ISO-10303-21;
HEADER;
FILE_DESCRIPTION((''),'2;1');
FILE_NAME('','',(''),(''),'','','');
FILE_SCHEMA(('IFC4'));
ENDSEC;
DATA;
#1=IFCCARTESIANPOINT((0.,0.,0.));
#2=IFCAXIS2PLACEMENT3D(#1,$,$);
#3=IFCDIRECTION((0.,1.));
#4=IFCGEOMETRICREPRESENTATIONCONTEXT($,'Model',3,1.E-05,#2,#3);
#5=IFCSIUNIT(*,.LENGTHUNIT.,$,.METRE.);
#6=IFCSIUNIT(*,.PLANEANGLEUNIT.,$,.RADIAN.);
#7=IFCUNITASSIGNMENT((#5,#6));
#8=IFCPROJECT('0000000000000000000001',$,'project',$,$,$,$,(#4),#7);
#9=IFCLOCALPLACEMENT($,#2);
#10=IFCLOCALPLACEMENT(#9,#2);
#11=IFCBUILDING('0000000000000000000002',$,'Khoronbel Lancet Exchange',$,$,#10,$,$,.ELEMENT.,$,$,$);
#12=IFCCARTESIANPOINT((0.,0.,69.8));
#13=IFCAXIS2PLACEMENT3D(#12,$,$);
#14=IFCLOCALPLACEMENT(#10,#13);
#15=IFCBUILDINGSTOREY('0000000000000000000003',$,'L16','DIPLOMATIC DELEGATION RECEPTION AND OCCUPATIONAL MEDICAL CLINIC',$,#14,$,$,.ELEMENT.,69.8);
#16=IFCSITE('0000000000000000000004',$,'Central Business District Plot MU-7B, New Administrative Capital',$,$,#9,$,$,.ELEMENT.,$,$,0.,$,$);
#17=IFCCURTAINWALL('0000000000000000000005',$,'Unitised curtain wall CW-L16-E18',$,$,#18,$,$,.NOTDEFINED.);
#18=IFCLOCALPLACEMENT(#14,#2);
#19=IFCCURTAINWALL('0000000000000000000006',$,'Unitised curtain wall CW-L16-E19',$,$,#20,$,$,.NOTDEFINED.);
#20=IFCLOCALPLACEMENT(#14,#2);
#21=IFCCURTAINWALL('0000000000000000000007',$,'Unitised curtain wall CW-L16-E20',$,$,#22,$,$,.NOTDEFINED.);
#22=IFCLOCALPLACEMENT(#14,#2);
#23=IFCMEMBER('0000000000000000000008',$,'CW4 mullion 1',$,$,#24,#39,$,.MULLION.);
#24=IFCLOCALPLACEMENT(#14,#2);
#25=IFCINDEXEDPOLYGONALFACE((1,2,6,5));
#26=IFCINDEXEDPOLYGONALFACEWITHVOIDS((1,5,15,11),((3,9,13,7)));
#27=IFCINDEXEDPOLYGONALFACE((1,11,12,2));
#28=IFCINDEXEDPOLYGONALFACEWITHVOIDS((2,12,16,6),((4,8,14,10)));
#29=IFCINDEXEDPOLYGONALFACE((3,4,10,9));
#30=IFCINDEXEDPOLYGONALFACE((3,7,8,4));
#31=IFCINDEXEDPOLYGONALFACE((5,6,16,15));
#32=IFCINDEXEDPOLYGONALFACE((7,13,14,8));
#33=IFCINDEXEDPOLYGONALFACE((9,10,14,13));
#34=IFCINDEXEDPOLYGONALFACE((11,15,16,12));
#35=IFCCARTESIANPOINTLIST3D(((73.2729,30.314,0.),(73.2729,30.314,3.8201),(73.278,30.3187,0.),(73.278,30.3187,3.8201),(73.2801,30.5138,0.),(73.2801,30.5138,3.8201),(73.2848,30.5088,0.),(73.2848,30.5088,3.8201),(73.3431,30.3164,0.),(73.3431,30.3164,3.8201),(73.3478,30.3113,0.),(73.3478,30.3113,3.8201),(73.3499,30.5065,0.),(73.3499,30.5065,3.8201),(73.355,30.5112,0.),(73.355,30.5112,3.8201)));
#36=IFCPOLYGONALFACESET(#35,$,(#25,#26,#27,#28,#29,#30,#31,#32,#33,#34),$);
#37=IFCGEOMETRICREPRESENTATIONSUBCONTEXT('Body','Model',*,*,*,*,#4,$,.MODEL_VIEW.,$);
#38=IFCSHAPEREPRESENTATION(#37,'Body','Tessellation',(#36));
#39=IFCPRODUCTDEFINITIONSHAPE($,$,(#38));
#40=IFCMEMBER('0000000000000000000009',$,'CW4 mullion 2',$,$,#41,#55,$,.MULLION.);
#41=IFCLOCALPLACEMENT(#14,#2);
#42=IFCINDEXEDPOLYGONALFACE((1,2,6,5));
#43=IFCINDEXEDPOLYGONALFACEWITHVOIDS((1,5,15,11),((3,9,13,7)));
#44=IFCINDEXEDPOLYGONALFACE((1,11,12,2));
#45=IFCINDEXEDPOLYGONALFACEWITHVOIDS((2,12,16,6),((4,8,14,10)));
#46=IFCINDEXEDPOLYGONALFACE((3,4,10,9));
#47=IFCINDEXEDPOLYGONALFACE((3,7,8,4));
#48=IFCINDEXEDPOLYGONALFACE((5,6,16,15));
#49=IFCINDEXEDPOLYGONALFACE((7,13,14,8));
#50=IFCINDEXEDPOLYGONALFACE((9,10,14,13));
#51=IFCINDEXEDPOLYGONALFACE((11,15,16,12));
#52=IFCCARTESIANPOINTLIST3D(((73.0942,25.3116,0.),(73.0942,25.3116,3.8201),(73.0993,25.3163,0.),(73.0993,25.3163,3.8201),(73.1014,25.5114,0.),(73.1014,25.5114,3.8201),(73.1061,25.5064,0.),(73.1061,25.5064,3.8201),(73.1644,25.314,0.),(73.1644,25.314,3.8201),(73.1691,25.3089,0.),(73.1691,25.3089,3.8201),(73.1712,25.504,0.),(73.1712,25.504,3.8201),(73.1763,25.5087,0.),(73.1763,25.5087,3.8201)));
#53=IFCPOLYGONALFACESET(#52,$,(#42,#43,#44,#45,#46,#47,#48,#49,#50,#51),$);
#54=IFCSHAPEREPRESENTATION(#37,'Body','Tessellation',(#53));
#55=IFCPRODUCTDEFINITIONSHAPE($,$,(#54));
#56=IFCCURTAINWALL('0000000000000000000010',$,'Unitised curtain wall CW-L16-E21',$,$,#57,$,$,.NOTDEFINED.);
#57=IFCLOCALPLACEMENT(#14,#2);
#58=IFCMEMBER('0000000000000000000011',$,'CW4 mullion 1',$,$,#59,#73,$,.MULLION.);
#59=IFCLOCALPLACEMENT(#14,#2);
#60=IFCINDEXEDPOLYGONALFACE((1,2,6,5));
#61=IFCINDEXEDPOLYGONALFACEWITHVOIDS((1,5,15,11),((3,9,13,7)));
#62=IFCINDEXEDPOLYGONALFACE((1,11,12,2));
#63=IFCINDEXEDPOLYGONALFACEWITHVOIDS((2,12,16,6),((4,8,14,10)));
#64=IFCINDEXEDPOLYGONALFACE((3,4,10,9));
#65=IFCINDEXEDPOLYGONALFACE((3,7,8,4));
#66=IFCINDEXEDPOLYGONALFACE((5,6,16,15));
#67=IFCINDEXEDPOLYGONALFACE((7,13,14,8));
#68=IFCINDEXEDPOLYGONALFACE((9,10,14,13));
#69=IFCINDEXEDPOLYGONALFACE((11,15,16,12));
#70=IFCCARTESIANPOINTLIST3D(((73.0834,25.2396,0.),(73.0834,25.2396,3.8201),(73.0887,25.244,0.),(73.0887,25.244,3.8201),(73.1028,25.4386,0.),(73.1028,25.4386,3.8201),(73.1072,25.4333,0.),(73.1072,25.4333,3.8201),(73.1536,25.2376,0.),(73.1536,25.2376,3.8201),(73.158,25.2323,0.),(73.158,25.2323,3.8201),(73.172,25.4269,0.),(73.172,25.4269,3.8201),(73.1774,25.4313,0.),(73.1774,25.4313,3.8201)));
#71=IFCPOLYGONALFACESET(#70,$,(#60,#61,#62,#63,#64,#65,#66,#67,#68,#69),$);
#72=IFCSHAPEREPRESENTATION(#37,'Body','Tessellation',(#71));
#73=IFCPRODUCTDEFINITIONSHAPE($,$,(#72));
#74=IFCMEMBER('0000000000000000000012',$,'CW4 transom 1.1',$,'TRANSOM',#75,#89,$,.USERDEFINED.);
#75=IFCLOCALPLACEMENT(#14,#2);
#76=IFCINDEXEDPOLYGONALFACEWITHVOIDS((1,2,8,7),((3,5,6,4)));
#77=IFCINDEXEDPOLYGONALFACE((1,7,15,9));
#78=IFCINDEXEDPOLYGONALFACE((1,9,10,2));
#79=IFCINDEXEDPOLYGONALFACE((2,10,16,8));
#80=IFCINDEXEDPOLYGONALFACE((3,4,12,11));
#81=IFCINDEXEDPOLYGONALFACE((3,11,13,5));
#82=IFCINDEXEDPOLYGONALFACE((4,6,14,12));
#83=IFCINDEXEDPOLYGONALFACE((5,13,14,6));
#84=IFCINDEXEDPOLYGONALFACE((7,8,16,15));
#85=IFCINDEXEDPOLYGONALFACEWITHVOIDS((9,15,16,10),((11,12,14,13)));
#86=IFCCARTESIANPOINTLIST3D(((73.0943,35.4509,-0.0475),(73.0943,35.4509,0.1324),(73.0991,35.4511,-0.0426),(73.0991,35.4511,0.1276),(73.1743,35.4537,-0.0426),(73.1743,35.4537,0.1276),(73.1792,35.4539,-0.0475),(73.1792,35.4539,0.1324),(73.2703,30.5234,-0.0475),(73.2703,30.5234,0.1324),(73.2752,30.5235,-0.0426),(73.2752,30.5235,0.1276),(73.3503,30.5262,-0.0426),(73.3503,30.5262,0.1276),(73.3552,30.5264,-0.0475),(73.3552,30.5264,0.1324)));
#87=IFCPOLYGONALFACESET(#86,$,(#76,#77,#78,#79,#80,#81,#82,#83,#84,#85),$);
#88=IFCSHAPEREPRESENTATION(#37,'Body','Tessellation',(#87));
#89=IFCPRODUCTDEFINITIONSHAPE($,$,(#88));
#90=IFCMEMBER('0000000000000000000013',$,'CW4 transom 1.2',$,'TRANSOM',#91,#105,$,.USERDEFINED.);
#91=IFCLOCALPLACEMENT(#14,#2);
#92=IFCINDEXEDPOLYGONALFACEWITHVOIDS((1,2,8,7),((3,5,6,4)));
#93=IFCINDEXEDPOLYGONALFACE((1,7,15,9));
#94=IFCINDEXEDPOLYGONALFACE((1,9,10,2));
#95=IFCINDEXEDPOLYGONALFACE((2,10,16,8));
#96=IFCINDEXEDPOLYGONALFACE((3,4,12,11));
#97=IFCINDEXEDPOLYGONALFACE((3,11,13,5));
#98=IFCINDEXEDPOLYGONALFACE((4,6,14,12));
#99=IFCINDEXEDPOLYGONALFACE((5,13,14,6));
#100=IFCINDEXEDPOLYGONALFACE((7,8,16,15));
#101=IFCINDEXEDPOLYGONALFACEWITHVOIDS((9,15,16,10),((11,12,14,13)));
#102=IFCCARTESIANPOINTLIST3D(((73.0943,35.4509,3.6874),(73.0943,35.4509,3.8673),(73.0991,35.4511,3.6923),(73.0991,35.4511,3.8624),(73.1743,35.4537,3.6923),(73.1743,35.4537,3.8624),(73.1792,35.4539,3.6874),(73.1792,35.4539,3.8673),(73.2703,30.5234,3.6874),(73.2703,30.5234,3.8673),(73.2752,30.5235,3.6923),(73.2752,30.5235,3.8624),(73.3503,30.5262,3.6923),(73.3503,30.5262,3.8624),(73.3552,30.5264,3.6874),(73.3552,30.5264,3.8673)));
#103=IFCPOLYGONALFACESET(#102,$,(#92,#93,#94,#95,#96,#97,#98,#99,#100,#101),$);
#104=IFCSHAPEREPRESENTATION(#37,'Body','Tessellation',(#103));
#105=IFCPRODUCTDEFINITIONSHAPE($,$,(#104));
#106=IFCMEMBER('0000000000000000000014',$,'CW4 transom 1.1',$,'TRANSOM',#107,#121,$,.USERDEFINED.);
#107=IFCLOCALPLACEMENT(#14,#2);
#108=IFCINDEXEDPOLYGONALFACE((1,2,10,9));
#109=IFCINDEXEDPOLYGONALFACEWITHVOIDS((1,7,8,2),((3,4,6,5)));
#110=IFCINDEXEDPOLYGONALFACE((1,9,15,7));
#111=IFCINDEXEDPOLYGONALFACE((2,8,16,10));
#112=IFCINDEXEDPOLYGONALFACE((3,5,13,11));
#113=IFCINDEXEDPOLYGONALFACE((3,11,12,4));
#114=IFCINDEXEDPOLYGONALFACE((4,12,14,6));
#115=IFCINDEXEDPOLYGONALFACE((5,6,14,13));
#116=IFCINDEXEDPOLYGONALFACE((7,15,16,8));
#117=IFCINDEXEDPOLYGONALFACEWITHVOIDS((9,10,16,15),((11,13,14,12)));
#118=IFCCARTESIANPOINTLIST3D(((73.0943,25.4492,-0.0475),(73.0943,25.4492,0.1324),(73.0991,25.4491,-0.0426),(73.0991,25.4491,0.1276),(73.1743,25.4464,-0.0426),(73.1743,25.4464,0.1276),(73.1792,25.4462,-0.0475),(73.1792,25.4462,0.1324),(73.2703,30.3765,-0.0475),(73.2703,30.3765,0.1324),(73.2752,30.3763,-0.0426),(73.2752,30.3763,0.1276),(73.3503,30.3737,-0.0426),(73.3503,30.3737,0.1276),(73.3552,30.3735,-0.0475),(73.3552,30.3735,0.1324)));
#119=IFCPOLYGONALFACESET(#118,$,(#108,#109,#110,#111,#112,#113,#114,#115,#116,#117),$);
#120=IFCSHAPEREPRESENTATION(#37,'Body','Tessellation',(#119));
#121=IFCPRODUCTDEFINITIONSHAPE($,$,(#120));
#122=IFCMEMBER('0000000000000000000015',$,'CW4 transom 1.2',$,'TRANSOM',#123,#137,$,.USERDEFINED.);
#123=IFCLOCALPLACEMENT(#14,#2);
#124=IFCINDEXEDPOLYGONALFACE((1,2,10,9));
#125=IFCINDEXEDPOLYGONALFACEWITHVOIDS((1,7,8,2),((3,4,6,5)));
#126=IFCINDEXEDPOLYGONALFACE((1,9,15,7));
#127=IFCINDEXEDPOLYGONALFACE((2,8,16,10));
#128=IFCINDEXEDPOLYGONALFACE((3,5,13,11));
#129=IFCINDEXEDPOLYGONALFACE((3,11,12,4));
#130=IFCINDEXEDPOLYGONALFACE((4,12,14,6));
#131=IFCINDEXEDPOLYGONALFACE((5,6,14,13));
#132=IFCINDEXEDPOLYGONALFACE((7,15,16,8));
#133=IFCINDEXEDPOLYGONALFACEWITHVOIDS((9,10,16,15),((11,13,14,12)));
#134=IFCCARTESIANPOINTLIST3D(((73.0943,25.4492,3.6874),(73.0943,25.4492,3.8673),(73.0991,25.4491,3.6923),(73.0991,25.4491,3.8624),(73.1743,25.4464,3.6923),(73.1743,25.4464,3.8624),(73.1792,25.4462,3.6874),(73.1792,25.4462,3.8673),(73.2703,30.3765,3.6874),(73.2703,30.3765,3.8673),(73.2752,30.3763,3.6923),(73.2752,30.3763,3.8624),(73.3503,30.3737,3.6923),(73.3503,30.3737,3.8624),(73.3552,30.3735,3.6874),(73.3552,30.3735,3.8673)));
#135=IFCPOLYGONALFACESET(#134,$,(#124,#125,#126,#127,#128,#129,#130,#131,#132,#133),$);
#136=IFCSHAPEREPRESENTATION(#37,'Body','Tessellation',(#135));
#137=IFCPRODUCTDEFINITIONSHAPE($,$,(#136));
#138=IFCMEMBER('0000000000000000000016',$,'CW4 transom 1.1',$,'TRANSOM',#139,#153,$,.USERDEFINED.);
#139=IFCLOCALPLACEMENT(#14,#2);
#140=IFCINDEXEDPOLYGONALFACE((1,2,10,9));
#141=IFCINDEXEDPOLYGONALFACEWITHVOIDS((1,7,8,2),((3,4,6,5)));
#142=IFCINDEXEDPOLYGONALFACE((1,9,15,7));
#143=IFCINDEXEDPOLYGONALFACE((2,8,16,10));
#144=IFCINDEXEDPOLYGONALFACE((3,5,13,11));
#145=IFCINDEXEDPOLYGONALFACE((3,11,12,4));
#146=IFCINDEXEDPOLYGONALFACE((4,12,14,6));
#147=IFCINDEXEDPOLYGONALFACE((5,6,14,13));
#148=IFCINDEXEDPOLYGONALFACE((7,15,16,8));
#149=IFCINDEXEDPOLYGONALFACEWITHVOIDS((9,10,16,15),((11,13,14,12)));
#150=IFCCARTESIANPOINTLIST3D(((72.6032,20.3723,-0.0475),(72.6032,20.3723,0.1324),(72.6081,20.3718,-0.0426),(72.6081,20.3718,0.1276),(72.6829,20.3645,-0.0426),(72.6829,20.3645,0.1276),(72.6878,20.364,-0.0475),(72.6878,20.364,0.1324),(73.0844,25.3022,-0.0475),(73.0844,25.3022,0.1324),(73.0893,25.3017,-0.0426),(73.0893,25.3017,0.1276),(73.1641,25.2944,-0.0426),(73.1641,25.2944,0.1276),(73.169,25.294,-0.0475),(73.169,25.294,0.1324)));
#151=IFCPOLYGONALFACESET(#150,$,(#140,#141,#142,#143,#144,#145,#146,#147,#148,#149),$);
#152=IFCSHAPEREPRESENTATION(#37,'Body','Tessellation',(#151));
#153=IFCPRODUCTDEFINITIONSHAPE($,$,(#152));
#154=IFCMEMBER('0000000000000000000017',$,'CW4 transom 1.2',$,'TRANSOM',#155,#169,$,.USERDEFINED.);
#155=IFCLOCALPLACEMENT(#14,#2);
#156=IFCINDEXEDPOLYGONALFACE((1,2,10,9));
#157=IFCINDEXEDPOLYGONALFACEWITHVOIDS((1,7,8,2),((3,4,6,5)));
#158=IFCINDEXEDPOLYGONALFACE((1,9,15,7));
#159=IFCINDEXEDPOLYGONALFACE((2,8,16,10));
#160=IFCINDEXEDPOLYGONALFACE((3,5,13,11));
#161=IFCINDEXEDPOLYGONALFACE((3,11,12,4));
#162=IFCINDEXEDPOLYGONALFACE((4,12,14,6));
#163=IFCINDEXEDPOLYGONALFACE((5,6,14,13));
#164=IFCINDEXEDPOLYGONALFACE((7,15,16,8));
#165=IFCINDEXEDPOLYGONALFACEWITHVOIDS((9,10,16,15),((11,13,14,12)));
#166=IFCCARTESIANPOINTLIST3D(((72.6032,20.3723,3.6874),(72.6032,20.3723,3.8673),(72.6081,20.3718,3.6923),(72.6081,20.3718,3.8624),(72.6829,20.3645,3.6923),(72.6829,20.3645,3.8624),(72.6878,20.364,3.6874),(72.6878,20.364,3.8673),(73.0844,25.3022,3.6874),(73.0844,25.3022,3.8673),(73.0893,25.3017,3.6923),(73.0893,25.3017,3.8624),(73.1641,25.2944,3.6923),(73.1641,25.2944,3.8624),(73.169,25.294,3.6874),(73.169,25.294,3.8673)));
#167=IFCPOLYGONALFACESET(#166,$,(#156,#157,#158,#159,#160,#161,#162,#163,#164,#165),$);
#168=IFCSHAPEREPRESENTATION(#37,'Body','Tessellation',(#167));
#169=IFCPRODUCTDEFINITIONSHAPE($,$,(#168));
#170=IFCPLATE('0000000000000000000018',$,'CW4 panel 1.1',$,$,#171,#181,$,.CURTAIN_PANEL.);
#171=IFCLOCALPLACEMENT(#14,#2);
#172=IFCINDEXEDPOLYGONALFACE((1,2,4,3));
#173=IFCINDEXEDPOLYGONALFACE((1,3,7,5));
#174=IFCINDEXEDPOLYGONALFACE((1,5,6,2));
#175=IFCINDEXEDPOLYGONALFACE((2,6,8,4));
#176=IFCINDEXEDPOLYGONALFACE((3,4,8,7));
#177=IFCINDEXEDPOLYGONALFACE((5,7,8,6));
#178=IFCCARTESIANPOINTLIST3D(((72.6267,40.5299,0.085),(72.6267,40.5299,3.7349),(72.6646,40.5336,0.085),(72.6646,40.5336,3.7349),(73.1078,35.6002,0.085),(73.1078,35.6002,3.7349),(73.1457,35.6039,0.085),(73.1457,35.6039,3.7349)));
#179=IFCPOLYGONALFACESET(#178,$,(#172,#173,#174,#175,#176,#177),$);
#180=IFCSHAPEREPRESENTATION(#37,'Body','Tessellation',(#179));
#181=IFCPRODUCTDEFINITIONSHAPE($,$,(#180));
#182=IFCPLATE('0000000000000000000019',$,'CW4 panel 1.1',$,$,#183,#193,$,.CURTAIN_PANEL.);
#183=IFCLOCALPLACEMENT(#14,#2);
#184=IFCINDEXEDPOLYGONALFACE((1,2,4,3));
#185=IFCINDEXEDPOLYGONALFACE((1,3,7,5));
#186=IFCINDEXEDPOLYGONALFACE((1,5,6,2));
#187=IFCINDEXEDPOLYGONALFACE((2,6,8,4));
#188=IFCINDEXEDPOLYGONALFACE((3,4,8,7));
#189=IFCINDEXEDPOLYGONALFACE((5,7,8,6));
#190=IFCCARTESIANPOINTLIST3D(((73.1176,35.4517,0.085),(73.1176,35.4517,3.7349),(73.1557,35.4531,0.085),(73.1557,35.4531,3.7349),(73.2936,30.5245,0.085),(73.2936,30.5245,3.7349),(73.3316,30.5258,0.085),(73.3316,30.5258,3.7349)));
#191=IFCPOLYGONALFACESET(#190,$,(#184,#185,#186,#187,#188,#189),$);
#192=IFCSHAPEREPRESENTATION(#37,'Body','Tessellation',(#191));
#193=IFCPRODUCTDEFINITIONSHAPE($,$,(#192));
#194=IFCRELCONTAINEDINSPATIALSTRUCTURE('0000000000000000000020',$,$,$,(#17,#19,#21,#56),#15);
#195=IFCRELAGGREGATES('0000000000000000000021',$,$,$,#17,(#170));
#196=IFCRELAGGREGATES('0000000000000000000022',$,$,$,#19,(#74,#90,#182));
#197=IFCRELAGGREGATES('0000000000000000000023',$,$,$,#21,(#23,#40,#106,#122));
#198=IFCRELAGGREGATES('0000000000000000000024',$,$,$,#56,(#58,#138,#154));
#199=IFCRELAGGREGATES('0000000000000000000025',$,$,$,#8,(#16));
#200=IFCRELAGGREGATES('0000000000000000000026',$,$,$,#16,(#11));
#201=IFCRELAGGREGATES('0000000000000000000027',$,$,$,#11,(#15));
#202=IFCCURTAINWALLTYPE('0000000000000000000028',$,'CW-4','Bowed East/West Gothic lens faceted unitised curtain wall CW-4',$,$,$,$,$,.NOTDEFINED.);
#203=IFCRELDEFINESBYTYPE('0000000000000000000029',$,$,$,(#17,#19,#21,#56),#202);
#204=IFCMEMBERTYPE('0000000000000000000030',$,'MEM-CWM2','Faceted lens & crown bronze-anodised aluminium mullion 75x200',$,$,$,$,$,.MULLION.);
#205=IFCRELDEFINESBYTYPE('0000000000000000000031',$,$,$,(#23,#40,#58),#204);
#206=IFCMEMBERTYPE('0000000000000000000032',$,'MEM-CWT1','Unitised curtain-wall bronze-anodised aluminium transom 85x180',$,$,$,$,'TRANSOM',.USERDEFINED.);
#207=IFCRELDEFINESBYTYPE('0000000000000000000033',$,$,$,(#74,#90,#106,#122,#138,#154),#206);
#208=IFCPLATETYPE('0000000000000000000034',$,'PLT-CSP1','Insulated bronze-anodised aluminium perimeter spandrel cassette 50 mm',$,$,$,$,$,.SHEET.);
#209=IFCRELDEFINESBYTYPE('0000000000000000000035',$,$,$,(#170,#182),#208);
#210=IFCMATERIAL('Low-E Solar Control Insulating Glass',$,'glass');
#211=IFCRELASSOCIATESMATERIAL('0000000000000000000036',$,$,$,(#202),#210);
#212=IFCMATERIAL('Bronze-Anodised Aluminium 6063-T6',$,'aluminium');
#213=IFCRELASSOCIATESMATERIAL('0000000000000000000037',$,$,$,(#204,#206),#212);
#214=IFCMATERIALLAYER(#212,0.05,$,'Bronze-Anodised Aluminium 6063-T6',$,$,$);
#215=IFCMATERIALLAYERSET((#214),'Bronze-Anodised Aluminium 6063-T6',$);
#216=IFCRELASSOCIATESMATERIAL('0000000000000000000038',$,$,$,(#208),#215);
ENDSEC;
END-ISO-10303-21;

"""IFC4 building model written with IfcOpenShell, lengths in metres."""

from ifc_helpers import new_model, si_unit, direction, frame, origin, origin_2d, place, context, subcontext, project, spatial, rectangle, hollow_rectangle, extrude, material, layer, layer_set, material_profile, profile_set, type_object, element, aggregate, save


model = new_model("IFC4")

# Units and contexts
model_context = context("Model", 3, precision=1e-05, world=origin(), true_north=direction((0.0, 1.0)))
body_context = subcontext(model_context, "Body", "Model", "MODEL_VIEW")
ifc_project = project(units=[si_unit("LENGTHUNIT", "METRE"), si_unit("PLANEANGLEUNIT", "RADIAN")], contexts=[model_context])

# Site, building, storey
site_placement = place(None, origin())
site = spatial("IfcSite", under=ifc_project, at=site_placement, Name="Central Business District Plot MU-7B, New Administrative Capital", CompositionType="ELEMENT", RefElevation=0.0)
building_placement = place(site_placement, origin())
building = spatial("IfcBuilding", under=site, at=building_placement, Name="Khoronbel Lancet Exchange", CompositionType="ELEMENT")
storey_placement = place(building_placement, frame((0.0, 0.0, 69.8)))
storey = spatial("IfcBuildingStorey", under=building, at=storey_placement, Name="L16", Description="DIPLOMATIC DELEGATION RECEPTION AND OCCUPATIONAL MEDICAL CLINIC", CompositionType="ELEMENT", Elevation=69.8)

# Curtain wall
ifc_material_1 = material(Name="Low-E Solar Control Insulating Glass", Category="glass")
curtain_wall_type = type_object("IfcCurtainWallType", Name="CW-4", Description="Bowed East/West Gothic lens faceted unitised curtain wall CW-4", PredefinedType="NOTDEFINED", material=ifc_material_1)
curtain_wall_1_placement = place(storey_placement, origin())
curtain_wall_1 = element("IfcCurtainWall", 1, at=curtain_wall_1_placement, inside=storey, type_object=curtain_wall_type, Name="Unitised curtain wall CW-L16-E18", PredefinedType="NOTDEFINED")
ifc_material_2 = material(Name="Bronze-Anodised Aluminium 6063-T6", Category="aluminium")
ifc_material_profile_1 = material_profile(ifc_material_2, hollow_rectangle(XDim=0.075, YDim=0.2, WallThickness=0.0049, at=origin_2d()), Name="ALU MULLION 75x200")
ifc_profile_set_1 = profile_set([ifc_material_profile_1], Name="Bronze-Anodised Aluminium 6063-T6")
member_type_1 = type_object("IfcMemberType", Name="MEM-CWM2", Description="Faceted lens & crown bronze-anodised aluminium mullion 75x200", PredefinedType="MULLION", material=ifc_profile_set_1)

# Curtain walls, members
curtain_wall_2_placement = place(storey_placement, origin())
curtain_wall_2 = element("IfcCurtainWall", 2, at=curtain_wall_2_placement, inside=storey, type_object=curtain_wall_type, Name="Unitised curtain wall CW-L16-E19", PredefinedType="NOTDEFINED")
curtain_wall_3_placement = place(storey_placement, origin())
curtain_wall_3 = element("IfcCurtainWall", 3, at=curtain_wall_3_placement, inside=storey, type_object=curtain_wall_type, Name="Unitised curtain wall CW-L16-E20", PredefinedType="NOTDEFINED")
member_1_placement = place(storey_placement, frame((73.314, 30.4126, 0.0), z_axis=(0.0, 0.0, 1.0), x_axis=(0.999363, -0.035685, 0.0)))
member_1 = element("IfcMember", 4, at=member_1_placement, type_object=member_type_1, Name="CW4 mullion 1", PredefinedType="MULLION", context=body_context, shape_type="SweptSolid", body=[
    extrude(hollow_rectangle(XDim=0.075, YDim=0.2, WallThickness=0.0049, at=origin_2d()), origin(), (0.0, 0.0, 1.0), 3.8201),
])
member_2_placement = place(storey_placement, frame((73.1353, 25.4102, 0.0), z_axis=(0.0, 0.0, 1.0), x_axis=(0.999363, -0.035685, 0.0)))
member_2 = element("IfcMember", 5, at=member_2_placement, type_object=member_type_1, Name="CW4 mullion 2", PredefinedType="MULLION", context=body_context, shape_type="SweptSolid", body=[
    extrude(hollow_rectangle(XDim=0.075, YDim=0.2, WallThickness=0.0049, at=origin_2d()), origin(), (0.0, 0.0, 1.0), 3.8201),
])

# Curtain wall, member
curtain_wall_4_placement = place(storey_placement, origin())
curtain_wall_4 = element("IfcCurtainWall", 6, at=curtain_wall_4_placement, inside=storey, type_object=curtain_wall_type, Name="Unitised curtain wall CW-L16-E21", PredefinedType="NOTDEFINED")
member_3_placement = place(storey_placement, frame((73.1304, 25.3354, 0.0), z_axis=(0.0, 0.0, 1.0), x_axis=(0.995271, -0.097135, 0.0)))
member_3 = element("IfcMember", 7, at=member_3_placement, type_object=member_type_1, Name="CW4 mullion 1", PredefinedType="MULLION", context=body_context, shape_type="SweptSolid", body=[
    extrude(hollow_rectangle(XDim=0.075, YDim=0.2, WallThickness=0.0049, at=origin_2d()), origin(), (0.0, 0.0, 1.0), 3.8201),
])

# Members
ifc_material_profile_2 = material_profile(ifc_material_2, hollow_rectangle(XDim=0.085, YDim=0.1799, WallThickness=0.0049, at=origin_2d()), Name="ALU TRANSOM 85x180")
ifc_profile_set_2 = profile_set([ifc_material_profile_2], Name="Bronze-Anodised Aluminium 6063-T6")
member_type_2 = type_object("IfcMemberType", Name="MEM-CWT1", Description="Unitised curtain-wall bronze-anodised aluminium transom 85x180", ElementType="TRANSOM", PredefinedType="USERDEFINED", material=ifc_profile_set_2)
member_4_placement = place(storey_placement, frame((73.1367, 35.4524, 0.0425), z_axis=(0.0357, -0.999363, 0.0), x_axis=(0.999363, 0.0357, 0.0)))
member_4 = element("IfcMember", 8, at=member_4_placement, type_object=member_type_2, Name="CW4 transom 1.1", ObjectType="TRANSOM", PredefinedType="USERDEFINED", context=body_context, shape_type="SweptSolid", body=[
    extrude(hollow_rectangle(XDim=0.085, YDim=0.1799, WallThickness=0.0049, at=origin_2d()), origin(), (0.0, 0.0, 1.0), 4.9307),
])
member_5_placement = place(storey_placement, frame((73.1367, 35.4524, 3.7773), z_axis=(0.0357, -0.999363, 0.0), x_axis=(0.999363, 0.0357, 0.0)))
member_5 = element("IfcMember", 9, at=member_5_placement, type_object=member_type_2, Name="CW4 transom 1.2", ObjectType="TRANSOM", PredefinedType="USERDEFINED", context=body_context, shape_type="SweptSolid", body=[
    extrude(hollow_rectangle(XDim=0.085, YDim=0.1799, WallThickness=0.0049, at=origin_2d()), origin(), (0.0, 0.0, 1.0), 4.9307),
])
member_6_placement = place(storey_placement, frame((73.3127, 30.375, 0.0425), z_axis=(-0.035702, -0.999362, 0.0), x_axis=(0.999362, -0.035702, 0.0)))
member_6 = element("IfcMember", 10, at=member_6_placement, type_object=member_type_2, Name="CW4 transom 1.1", ObjectType="TRANSOM", PredefinedType="USERDEFINED", context=body_context, shape_type="SweptSolid", body=[
    extrude(hollow_rectangle(XDim=0.085, YDim=0.1799, WallThickness=0.0049, at=origin_2d()), origin(), (0.0, 0.0, 1.0), 4.9304),
])
member_7_placement = place(storey_placement, frame((73.3127, 30.375, 3.7773), z_axis=(-0.035702, -0.999362, 0.0), x_axis=(0.999362, -0.035702, 0.0)))
member_7 = element("IfcMember", 11, at=member_7_placement, type_object=member_type_2, Name="CW4 transom 1.2", ObjectType="TRANSOM", PredefinedType="USERDEFINED", context=body_context, shape_type="SweptSolid", body=[
    extrude(hollow_rectangle(XDim=0.085, YDim=0.1799, WallThickness=0.0049, at=origin_2d()), origin(), (0.0, 0.0, 1.0), 4.9304),
])
member_8_placement = place(storey_placement, frame((73.1267, 25.2981, 0.0425), z_axis=(-0.097146, -0.99527, 0.0), x_axis=(0.99527, -0.097146, 0.0)))
member_8 = element("IfcMember", 12, at=member_8_placement, type_object=member_type_2, Name="CW4 transom 1.1", ObjectType="TRANSOM", PredefinedType="USERDEFINED", context=body_context, shape_type="SweptSolid", body=[
    extrude(hollow_rectangle(XDim=0.085, YDim=0.1799, WallThickness=0.0049, at=origin_2d()), origin(), (0.0, 0.0, 1.0), 4.9534),
])
member_9_placement = place(storey_placement, frame((73.1267, 25.2981, 3.7773), z_axis=(-0.097146, -0.99527, 0.0), x_axis=(0.99527, -0.097146, 0.0)))
member_9 = element("IfcMember", 13, at=member_9_placement, type_object=member_type_2, Name="CW4 transom 1.2", ObjectType="TRANSOM", PredefinedType="USERDEFINED", context=body_context, shape_type="SweptSolid", body=[
    extrude(hollow_rectangle(XDim=0.085, YDim=0.1799, WallThickness=0.0049, at=origin_2d()), origin(), (0.0, 0.0, 1.0), 4.9534),
])

# Plates
ifc_layer_1 = layer(ifc_material_2, 0.05, Name="Bronze-Anodised Aluminium 6063-T6")
ifc_layer_set_1 = layer_set([ifc_layer_1], Name="Bronze-Anodised Aluminium 6063-T6")
plate_type_1 = type_object("IfcPlateType", Name="PLT-CSP1", Description="Insulated bronze-anodised aluminium perimeter spandrel cassette 50 mm", PredefinedType="SHEET", material=ifc_layer_set_1)
plate_1_placement = place(storey_placement, frame((72.8862, 38.0669, 0.085), z_axis=(0.0, 0.0, 1.0), x_axis=(0.097135, -0.995271, 0.0)))
plate_1 = element("IfcPlate", 14, at=plate_1_placement, type_object=plate_type_1, Name="CW4 panel 1.1", PredefinedType="CURTAIN_PANEL", context=body_context, shape_type="SweptSolid", body=[
    extrude(rectangle(XDim=4.9531, YDim=0.0381, at=origin_2d()), origin(), (0.0, 0.0, 1.0), 3.6499),
])
aggregate(curtain_wall_1, [plate_1])
plate_2_placement = place(storey_placement, frame((73.2246, 32.9888, 0.085), z_axis=(0.0, 0.0, 1.0), x_axis=(0.035685, -0.999363, 0.0)))
plate_2 = element("IfcPlate", 15, at=plate_2_placement, type_object=plate_type_1, Name="CW4 panel 1.1", PredefinedType="CURTAIN_PANEL", context=body_context, shape_type="SweptSolid", body=[
    extrude(rectangle(XDim=4.9304, YDim=0.0381, at=origin_2d()), origin(), (0.0, 0.0, 1.0), 3.6499),
])
aggregate(curtain_wall_2, [member_4, member_5, plate_2])
aggregate(curtain_wall_3, [member_1, member_2, member_6, member_7])
aggregate(curtain_wall_4, [member_3, member_8, member_9])

save(model, "model.ifc")
